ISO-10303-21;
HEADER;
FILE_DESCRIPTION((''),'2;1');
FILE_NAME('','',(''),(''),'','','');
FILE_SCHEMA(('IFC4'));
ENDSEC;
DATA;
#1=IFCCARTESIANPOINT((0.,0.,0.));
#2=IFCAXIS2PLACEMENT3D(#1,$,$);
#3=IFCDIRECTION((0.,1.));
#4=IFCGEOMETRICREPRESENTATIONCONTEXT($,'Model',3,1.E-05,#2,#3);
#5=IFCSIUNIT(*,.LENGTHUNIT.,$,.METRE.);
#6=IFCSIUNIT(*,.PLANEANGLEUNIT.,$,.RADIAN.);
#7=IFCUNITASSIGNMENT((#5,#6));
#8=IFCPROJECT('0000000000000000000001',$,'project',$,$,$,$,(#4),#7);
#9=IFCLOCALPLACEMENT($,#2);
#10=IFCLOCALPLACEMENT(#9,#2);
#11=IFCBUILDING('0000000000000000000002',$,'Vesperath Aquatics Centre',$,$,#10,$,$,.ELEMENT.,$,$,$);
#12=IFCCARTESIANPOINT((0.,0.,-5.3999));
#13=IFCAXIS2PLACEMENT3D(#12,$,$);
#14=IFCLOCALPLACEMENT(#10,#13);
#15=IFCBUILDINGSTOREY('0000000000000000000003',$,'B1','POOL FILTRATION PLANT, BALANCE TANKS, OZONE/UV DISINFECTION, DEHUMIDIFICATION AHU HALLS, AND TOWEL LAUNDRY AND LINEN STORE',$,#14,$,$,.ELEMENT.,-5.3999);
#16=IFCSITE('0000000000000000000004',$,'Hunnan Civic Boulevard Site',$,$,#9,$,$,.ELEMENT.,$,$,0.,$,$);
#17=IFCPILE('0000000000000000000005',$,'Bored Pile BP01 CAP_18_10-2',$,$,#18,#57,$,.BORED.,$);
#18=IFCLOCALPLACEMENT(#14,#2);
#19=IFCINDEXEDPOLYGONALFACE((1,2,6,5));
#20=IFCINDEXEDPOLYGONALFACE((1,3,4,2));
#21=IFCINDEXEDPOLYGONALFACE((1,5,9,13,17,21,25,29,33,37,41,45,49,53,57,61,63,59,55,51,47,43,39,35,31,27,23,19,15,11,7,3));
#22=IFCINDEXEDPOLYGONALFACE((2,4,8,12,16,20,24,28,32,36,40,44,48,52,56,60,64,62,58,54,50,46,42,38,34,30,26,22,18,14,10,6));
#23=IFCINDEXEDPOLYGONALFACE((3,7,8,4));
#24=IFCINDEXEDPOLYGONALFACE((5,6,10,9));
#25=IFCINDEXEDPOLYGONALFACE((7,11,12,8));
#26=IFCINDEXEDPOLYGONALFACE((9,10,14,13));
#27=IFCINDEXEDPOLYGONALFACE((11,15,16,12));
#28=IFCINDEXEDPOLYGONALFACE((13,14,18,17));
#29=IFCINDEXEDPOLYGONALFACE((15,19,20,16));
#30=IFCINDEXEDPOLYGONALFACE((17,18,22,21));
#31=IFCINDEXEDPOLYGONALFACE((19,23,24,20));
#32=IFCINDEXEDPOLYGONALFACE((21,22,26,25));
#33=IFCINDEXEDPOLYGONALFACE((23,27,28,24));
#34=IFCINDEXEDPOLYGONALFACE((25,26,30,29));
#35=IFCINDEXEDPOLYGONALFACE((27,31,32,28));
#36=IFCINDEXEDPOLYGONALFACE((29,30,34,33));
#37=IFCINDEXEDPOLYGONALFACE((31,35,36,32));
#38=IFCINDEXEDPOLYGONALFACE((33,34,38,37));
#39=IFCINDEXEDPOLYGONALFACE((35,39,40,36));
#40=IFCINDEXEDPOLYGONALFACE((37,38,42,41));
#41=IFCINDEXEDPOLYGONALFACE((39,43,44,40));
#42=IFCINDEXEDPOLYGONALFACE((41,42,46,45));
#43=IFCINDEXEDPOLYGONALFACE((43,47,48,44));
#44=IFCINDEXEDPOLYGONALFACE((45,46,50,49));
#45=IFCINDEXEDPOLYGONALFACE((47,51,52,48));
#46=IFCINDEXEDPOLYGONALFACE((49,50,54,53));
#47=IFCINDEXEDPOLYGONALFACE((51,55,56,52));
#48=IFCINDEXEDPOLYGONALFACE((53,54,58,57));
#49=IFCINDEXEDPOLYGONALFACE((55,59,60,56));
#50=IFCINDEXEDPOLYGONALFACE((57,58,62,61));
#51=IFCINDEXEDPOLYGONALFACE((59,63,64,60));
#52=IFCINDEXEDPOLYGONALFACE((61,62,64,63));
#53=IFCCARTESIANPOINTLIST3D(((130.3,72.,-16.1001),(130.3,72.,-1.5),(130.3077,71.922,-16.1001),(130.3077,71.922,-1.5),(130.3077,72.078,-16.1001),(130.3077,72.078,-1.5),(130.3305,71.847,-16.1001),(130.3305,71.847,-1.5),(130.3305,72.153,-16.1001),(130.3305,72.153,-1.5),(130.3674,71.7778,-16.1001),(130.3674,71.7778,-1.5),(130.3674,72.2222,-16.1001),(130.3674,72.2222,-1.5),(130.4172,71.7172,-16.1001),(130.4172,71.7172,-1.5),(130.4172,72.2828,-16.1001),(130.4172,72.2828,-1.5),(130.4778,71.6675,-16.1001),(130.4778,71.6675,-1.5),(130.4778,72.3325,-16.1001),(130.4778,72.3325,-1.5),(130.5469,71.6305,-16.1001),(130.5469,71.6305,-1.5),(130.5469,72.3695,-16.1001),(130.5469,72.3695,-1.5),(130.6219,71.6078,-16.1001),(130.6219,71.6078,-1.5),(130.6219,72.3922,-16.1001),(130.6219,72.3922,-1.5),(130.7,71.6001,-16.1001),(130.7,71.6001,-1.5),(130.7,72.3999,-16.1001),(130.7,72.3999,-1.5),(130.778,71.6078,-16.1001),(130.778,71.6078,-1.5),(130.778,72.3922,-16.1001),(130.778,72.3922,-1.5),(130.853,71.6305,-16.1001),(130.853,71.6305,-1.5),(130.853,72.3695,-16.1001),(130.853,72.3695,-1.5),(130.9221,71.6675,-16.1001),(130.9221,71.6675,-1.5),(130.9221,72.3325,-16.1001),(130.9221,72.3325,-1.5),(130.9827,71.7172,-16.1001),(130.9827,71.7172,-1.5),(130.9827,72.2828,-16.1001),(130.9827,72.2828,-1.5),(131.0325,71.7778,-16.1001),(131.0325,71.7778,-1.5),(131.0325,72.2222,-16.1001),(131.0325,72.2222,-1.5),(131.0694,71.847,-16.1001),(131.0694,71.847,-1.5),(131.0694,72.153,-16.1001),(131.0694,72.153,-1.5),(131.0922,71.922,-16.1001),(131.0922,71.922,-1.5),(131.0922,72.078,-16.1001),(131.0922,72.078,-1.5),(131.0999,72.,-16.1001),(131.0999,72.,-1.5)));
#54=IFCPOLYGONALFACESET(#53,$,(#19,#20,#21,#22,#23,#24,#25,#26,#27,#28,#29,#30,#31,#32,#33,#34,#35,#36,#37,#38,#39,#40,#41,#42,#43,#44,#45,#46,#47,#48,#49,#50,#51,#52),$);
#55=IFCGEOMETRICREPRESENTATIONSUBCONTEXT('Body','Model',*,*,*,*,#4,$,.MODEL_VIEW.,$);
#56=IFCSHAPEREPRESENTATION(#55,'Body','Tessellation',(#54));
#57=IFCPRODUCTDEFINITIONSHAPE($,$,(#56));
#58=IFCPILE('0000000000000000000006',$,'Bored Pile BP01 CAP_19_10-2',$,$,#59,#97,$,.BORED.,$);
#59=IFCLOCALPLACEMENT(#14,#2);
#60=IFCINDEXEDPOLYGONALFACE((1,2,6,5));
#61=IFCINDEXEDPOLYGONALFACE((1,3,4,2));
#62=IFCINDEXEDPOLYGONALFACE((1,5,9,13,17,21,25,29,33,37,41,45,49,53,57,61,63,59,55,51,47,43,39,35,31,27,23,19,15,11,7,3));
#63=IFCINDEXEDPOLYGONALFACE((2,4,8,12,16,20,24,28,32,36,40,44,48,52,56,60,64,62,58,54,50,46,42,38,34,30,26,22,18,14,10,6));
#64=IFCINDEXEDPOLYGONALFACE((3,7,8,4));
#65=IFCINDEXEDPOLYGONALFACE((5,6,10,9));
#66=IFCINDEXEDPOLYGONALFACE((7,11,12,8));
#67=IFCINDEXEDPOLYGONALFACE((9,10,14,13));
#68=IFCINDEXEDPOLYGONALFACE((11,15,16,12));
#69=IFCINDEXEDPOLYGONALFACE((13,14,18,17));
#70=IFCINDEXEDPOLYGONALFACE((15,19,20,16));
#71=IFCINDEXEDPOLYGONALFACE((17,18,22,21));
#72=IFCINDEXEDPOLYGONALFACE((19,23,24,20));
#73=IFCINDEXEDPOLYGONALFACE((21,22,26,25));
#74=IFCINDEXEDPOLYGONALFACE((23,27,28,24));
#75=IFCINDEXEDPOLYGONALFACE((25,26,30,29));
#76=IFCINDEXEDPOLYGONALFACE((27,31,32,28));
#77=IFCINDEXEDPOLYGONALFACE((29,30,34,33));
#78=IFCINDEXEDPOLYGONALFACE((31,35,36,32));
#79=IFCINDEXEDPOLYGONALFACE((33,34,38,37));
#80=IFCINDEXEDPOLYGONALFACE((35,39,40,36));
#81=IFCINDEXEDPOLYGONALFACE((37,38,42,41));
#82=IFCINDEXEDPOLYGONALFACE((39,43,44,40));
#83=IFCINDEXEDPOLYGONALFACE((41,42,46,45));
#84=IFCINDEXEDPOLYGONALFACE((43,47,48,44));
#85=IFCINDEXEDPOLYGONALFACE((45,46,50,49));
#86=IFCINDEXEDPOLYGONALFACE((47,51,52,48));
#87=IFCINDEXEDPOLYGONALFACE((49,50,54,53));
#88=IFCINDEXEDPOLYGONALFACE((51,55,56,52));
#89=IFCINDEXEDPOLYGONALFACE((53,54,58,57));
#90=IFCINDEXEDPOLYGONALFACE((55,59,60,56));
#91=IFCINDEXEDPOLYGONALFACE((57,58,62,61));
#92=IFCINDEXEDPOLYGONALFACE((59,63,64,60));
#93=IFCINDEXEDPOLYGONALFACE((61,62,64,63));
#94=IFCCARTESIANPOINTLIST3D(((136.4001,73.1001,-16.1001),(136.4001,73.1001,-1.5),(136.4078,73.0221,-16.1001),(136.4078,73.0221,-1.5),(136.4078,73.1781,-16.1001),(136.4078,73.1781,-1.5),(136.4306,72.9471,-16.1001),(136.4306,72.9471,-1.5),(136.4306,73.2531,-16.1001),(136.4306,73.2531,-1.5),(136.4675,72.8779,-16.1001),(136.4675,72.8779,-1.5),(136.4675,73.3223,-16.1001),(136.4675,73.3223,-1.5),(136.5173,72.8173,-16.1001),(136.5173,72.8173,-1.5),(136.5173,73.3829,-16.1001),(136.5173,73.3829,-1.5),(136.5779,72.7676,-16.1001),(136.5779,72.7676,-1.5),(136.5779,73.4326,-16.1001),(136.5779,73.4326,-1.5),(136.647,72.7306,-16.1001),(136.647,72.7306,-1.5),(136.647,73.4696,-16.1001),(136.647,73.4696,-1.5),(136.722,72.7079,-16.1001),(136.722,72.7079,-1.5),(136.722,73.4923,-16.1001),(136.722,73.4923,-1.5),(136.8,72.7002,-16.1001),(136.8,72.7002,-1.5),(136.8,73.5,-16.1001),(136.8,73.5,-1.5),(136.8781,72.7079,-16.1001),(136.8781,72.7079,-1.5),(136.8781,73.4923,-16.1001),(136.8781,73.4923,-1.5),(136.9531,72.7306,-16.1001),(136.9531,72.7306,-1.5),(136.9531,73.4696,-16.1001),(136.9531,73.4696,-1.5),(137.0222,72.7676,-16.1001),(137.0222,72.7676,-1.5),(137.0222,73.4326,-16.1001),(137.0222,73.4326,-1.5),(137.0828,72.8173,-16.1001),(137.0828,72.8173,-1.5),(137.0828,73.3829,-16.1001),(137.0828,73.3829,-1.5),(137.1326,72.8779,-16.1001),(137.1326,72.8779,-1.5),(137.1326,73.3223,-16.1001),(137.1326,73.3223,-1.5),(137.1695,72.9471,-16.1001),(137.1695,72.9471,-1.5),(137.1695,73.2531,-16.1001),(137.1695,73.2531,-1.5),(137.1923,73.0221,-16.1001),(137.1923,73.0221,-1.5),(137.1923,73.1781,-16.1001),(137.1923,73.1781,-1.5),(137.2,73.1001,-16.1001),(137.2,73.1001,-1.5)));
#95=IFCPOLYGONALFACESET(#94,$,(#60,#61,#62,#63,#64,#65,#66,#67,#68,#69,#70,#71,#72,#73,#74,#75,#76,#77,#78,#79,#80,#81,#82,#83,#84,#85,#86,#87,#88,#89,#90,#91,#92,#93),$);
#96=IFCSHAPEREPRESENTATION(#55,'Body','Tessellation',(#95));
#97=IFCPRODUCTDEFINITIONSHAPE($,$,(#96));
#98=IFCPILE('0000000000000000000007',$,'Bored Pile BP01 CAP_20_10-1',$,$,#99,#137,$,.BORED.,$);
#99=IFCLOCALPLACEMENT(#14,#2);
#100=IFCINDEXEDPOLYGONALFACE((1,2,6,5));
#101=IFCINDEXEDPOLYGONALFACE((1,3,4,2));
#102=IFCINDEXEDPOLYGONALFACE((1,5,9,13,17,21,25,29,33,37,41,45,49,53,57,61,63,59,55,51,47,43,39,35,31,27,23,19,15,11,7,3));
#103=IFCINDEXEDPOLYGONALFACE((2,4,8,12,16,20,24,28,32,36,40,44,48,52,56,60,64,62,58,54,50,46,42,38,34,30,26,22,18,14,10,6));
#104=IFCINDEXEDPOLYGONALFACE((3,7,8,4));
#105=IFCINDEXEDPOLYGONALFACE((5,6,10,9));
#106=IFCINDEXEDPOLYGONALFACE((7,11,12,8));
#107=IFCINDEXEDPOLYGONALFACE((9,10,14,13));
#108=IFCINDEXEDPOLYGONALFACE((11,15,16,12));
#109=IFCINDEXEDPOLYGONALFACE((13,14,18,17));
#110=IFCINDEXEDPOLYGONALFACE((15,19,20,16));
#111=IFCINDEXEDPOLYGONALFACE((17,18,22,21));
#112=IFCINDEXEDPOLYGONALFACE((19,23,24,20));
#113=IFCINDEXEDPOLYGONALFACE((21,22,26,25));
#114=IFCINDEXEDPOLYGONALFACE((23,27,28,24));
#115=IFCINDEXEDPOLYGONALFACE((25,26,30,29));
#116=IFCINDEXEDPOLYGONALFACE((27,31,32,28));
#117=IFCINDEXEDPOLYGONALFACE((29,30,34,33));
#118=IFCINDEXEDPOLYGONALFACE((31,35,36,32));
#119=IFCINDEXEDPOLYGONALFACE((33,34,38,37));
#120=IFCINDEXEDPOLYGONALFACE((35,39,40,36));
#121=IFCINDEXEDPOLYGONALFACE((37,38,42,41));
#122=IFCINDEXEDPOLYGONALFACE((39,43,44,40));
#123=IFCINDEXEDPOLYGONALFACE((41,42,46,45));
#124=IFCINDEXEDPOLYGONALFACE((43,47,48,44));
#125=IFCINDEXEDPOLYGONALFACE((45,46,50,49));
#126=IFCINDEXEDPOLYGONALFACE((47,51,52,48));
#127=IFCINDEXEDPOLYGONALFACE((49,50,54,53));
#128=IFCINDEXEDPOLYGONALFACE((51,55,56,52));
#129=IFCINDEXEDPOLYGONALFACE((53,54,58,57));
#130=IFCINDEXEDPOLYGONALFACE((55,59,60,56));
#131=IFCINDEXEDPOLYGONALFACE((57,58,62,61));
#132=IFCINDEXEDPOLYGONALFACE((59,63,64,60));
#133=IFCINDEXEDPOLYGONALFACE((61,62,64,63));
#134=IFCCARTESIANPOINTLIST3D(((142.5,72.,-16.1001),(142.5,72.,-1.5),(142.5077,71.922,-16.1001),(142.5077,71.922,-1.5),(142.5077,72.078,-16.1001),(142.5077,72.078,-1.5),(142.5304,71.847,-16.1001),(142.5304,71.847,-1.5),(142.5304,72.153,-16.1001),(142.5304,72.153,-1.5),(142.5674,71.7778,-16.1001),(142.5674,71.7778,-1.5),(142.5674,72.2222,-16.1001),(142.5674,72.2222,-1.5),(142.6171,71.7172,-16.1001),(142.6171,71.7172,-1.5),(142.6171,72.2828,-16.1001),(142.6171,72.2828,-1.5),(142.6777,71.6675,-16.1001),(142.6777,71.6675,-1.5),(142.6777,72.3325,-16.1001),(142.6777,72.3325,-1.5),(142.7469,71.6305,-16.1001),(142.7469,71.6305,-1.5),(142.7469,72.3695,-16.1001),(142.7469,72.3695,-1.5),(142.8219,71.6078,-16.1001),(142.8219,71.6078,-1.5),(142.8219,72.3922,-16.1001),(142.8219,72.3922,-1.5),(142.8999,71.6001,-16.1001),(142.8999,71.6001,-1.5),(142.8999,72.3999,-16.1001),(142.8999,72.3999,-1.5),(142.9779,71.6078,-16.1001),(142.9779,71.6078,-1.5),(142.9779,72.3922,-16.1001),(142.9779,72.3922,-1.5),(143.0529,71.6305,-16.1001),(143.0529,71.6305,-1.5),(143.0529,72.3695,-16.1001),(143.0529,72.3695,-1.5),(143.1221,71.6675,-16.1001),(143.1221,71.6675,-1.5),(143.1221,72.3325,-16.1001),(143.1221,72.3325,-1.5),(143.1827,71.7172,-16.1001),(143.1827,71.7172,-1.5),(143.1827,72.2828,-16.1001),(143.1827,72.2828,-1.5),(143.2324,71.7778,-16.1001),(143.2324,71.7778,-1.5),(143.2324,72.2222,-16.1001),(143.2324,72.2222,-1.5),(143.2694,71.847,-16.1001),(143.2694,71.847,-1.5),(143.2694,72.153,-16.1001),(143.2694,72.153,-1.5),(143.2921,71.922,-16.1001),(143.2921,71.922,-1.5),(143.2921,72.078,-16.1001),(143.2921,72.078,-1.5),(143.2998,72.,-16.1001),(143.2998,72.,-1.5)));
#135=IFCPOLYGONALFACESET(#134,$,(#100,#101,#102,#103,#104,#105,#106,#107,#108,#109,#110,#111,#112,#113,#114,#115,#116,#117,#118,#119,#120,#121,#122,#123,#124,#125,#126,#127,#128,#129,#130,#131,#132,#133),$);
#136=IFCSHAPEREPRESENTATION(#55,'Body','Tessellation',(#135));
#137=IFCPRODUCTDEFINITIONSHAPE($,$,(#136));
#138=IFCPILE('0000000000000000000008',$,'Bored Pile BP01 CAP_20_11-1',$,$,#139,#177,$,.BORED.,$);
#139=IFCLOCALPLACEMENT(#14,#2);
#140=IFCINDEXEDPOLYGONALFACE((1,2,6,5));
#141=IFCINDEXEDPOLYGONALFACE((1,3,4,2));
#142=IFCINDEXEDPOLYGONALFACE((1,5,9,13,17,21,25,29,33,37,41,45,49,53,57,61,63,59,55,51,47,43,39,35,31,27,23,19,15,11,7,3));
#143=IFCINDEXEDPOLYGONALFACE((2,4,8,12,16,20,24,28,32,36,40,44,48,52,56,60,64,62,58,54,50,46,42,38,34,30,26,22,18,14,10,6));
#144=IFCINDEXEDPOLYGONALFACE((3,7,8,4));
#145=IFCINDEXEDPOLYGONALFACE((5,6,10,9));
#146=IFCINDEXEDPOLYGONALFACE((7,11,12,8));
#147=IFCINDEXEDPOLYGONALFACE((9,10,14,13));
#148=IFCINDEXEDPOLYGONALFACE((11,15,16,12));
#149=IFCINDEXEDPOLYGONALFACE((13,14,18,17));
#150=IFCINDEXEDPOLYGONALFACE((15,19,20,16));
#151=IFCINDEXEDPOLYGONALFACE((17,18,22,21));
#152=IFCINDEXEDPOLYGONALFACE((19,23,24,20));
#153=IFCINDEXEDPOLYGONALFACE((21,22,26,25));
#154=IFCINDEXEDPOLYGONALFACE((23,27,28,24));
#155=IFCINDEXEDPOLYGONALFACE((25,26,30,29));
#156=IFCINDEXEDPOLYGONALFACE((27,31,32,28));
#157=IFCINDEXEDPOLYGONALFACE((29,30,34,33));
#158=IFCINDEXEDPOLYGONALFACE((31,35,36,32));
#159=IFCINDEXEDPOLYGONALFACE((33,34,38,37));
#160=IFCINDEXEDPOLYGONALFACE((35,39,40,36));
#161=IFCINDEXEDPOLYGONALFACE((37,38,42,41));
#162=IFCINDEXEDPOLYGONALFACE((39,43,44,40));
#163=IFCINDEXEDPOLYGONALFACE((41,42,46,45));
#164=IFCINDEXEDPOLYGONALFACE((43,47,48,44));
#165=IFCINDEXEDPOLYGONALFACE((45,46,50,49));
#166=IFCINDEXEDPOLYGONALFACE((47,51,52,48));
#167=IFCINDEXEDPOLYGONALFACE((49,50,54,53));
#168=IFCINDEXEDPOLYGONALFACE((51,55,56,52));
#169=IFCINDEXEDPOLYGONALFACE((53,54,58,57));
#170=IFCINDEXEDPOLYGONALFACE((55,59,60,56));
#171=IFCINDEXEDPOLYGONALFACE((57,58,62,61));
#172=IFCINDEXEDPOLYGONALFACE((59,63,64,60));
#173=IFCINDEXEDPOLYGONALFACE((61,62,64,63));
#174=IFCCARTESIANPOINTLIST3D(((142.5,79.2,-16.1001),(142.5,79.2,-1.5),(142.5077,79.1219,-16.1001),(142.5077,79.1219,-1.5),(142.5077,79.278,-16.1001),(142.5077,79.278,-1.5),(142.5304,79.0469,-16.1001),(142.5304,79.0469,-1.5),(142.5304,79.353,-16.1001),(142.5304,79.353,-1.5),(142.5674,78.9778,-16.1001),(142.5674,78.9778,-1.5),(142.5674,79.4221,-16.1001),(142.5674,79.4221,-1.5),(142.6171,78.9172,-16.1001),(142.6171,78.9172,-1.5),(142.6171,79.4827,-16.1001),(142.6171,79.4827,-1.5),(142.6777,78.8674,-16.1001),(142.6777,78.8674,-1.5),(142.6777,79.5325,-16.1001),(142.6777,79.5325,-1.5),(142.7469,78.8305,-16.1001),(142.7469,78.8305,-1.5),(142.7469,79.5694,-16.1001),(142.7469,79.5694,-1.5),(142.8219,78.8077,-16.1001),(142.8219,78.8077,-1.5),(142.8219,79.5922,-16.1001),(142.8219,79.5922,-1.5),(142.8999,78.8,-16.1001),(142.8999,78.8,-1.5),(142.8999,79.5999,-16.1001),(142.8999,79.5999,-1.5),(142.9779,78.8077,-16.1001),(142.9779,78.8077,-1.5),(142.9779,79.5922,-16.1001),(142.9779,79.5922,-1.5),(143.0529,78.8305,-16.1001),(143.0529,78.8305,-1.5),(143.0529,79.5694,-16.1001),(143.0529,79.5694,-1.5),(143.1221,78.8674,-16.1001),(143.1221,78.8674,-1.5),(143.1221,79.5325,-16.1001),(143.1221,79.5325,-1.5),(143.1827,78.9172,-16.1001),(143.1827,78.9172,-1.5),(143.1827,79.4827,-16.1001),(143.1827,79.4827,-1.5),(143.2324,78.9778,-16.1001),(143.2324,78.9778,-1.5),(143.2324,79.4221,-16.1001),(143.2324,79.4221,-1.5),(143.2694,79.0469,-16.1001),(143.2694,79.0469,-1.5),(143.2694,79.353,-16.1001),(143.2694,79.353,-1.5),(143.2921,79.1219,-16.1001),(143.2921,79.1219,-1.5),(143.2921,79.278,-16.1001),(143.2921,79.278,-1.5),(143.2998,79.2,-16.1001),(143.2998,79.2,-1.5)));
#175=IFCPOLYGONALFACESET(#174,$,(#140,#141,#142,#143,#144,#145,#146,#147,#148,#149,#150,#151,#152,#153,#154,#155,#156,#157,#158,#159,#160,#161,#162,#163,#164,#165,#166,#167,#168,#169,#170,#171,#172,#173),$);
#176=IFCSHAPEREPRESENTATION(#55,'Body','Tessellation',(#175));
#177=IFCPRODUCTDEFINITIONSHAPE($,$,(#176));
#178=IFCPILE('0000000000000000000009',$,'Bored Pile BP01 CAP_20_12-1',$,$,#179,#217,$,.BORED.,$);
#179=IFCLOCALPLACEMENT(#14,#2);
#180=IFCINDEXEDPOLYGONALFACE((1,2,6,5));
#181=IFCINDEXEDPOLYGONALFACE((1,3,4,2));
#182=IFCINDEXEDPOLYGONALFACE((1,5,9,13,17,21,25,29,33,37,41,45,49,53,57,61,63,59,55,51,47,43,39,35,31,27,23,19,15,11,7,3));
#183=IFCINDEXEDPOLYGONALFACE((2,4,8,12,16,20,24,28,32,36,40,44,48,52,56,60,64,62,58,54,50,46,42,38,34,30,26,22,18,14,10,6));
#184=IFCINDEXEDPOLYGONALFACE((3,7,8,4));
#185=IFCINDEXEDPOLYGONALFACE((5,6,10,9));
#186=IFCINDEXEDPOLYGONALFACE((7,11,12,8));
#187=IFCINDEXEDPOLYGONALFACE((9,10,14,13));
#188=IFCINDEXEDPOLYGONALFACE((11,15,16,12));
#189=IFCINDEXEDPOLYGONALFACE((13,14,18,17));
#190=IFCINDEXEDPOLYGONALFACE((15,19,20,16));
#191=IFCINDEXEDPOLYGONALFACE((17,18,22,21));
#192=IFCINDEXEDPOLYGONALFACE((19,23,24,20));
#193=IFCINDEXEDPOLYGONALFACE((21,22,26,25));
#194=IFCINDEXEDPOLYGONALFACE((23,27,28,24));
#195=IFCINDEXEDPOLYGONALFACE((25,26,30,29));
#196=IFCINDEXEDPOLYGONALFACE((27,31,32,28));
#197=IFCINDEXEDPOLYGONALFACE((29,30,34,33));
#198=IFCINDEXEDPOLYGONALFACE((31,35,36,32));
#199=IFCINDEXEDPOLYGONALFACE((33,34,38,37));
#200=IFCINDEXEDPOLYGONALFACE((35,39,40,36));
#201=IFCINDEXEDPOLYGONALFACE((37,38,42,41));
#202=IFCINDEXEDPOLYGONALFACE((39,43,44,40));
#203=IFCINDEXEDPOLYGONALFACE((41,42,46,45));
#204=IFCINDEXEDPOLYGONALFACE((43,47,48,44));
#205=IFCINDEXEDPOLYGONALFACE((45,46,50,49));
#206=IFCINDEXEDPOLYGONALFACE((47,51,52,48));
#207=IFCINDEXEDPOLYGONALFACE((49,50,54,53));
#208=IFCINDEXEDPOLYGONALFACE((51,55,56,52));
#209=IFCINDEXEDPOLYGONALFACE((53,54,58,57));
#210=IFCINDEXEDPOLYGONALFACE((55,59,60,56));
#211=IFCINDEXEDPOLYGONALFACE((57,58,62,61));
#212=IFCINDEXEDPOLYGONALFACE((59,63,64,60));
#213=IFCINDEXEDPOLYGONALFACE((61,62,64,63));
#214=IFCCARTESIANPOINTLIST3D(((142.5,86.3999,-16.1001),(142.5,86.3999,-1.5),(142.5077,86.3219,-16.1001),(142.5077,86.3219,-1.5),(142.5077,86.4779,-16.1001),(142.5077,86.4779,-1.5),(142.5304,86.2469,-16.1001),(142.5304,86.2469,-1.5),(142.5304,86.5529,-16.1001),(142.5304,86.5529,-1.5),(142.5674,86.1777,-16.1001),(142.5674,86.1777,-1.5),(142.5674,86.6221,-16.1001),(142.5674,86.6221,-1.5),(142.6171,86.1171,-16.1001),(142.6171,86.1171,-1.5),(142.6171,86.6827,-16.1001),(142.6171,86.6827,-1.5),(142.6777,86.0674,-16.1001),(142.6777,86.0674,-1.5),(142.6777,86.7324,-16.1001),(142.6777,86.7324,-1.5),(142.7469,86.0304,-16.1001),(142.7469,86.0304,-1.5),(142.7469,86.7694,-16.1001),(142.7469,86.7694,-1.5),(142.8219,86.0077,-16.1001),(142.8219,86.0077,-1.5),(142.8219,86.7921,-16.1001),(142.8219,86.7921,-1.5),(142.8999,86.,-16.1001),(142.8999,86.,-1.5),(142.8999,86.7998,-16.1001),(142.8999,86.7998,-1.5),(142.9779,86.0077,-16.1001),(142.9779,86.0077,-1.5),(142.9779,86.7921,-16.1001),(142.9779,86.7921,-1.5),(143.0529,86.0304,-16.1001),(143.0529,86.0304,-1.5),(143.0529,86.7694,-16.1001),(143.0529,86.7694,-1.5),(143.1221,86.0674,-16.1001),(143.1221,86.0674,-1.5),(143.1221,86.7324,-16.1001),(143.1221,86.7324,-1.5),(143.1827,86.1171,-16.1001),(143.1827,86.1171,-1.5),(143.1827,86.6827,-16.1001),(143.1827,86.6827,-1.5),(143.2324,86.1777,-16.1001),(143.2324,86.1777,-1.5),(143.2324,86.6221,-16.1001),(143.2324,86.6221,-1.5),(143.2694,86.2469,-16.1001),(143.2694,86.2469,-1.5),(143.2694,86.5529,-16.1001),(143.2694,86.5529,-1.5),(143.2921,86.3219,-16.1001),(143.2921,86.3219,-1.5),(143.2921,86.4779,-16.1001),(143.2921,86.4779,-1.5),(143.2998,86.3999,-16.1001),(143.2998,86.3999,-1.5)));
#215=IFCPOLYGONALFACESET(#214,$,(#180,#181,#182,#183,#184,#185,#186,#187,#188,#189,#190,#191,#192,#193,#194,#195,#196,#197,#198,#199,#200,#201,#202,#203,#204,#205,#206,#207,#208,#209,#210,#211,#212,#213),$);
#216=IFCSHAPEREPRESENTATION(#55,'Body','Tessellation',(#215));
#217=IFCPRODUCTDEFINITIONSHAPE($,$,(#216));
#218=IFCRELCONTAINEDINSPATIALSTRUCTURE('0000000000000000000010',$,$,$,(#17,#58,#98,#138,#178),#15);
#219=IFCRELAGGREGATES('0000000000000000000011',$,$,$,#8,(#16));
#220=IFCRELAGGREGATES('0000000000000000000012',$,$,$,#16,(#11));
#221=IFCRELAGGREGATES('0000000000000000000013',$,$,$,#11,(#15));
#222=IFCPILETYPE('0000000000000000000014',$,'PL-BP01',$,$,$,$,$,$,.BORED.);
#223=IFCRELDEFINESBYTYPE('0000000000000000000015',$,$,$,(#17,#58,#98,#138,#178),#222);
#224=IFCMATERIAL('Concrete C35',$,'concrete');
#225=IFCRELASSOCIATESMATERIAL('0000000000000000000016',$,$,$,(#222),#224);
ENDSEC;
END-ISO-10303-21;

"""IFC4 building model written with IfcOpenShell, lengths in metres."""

from ifc_helpers import new_model, si_unit, direction, frame, origin, origin_2d, place, context, subcontext, project, spatial, circle, extrude, material, material_profile, profile_set, type_object, element, save


model = new_model("IFC4")

# Units and contexts
model_context = context("Model", 3, precision=1e-05, world=origin(), true_north=direction((0.0, 1.0)))
body_context = subcontext(model_context, "Body", "Model", "MODEL_VIEW")
ifc_project = project(units=[si_unit("LENGTHUNIT", "METRE"), si_unit("PLANEANGLEUNIT", "RADIAN")], contexts=[model_context])

# Site, building, storey
site_placement = place(None, origin())
site = spatial("IfcSite", under=ifc_project, at=site_placement, Name="Hunnan Civic Boulevard Site", CompositionType="ELEMENT", RefElevation=0.0)
building_placement = place(site_placement, origin())
building = spatial("IfcBuilding", under=site, at=building_placement, Name="Vesperath Aquatics Centre", CompositionType="ELEMENT")
storey_placement = place(building_placement, frame((0.0, 0.0, -5.3999)))
storey = spatial("IfcBuildingStorey", under=building, at=storey_placement, Name="B1", Description="POOL FILTRATION PLANT, BALANCE TANKS, OZONE/UV DISINFECTION, DEHUMIDIFICATION AHU HALLS, AND TOWEL LAUNDRY AND LINEN STORE", CompositionType="ELEMENT", Elevation=-5.3999)

# Piles
ifc_material_1 = material(Name="Concrete C35", Category="concrete")
ifc_material_profile_1 = material_profile(ifc_material_1, circle(Radius=0.3999, at=origin_2d()), Name="PILE D800")
ifc_profile_set_1 = profile_set([ifc_material_profile_1], Name="Concrete C35")
pile_type = type_object("IfcPileType", Name="PL-BP01", PredefinedType="BORED", material=ifc_profile_set_1)
for number, where, z_axis, x_axis, name in (
    (1, (130.7, 72.0, -1.5), (0.0, 0.0, -1.0), (1.0, 0.0, 0.0), "Bored Pile BP01 CAP_18_10-2"),
    (2, (136.8, 73.1001, -1.5), (0.0, 0.0, -1.0), (1.0, 0.0, 0.0), "Bored Pile BP01 CAP_19_10-2"),
    (3, (142.8999, 72.0, -1.5), (0.0, 0.0, -1.0), (1.0, 0.0, 0.0), "Bored Pile BP01 CAP_20_10-1"),
    (4, (142.8999, 79.2, -1.5), (0.0, 0.0, -1.0), (1.0, 0.0, 0.0), "Bored Pile BP01 CAP_20_11-1"),
    (5, (142.8999, 86.3999, -1.5), (0.0, 0.0, -1.0), (1.0, 0.0, 0.0), "Bored Pile BP01 CAP_20_12-1"),
):
    element("IfcPile", number, at=place(storey_placement, frame(where, z_axis=z_axis, x_axis=x_axis)), inside=storey, type_object=pile_type, Name=name, PredefinedType="BORED", context=body_context, shape_type="SweptSolid", body=[
        extrude(circle(Radius=0.3999, at=origin_2d()), origin(), (0.0, 0.0, 1.0), 14.6001),
    ])

save(model, "model.ifc")
